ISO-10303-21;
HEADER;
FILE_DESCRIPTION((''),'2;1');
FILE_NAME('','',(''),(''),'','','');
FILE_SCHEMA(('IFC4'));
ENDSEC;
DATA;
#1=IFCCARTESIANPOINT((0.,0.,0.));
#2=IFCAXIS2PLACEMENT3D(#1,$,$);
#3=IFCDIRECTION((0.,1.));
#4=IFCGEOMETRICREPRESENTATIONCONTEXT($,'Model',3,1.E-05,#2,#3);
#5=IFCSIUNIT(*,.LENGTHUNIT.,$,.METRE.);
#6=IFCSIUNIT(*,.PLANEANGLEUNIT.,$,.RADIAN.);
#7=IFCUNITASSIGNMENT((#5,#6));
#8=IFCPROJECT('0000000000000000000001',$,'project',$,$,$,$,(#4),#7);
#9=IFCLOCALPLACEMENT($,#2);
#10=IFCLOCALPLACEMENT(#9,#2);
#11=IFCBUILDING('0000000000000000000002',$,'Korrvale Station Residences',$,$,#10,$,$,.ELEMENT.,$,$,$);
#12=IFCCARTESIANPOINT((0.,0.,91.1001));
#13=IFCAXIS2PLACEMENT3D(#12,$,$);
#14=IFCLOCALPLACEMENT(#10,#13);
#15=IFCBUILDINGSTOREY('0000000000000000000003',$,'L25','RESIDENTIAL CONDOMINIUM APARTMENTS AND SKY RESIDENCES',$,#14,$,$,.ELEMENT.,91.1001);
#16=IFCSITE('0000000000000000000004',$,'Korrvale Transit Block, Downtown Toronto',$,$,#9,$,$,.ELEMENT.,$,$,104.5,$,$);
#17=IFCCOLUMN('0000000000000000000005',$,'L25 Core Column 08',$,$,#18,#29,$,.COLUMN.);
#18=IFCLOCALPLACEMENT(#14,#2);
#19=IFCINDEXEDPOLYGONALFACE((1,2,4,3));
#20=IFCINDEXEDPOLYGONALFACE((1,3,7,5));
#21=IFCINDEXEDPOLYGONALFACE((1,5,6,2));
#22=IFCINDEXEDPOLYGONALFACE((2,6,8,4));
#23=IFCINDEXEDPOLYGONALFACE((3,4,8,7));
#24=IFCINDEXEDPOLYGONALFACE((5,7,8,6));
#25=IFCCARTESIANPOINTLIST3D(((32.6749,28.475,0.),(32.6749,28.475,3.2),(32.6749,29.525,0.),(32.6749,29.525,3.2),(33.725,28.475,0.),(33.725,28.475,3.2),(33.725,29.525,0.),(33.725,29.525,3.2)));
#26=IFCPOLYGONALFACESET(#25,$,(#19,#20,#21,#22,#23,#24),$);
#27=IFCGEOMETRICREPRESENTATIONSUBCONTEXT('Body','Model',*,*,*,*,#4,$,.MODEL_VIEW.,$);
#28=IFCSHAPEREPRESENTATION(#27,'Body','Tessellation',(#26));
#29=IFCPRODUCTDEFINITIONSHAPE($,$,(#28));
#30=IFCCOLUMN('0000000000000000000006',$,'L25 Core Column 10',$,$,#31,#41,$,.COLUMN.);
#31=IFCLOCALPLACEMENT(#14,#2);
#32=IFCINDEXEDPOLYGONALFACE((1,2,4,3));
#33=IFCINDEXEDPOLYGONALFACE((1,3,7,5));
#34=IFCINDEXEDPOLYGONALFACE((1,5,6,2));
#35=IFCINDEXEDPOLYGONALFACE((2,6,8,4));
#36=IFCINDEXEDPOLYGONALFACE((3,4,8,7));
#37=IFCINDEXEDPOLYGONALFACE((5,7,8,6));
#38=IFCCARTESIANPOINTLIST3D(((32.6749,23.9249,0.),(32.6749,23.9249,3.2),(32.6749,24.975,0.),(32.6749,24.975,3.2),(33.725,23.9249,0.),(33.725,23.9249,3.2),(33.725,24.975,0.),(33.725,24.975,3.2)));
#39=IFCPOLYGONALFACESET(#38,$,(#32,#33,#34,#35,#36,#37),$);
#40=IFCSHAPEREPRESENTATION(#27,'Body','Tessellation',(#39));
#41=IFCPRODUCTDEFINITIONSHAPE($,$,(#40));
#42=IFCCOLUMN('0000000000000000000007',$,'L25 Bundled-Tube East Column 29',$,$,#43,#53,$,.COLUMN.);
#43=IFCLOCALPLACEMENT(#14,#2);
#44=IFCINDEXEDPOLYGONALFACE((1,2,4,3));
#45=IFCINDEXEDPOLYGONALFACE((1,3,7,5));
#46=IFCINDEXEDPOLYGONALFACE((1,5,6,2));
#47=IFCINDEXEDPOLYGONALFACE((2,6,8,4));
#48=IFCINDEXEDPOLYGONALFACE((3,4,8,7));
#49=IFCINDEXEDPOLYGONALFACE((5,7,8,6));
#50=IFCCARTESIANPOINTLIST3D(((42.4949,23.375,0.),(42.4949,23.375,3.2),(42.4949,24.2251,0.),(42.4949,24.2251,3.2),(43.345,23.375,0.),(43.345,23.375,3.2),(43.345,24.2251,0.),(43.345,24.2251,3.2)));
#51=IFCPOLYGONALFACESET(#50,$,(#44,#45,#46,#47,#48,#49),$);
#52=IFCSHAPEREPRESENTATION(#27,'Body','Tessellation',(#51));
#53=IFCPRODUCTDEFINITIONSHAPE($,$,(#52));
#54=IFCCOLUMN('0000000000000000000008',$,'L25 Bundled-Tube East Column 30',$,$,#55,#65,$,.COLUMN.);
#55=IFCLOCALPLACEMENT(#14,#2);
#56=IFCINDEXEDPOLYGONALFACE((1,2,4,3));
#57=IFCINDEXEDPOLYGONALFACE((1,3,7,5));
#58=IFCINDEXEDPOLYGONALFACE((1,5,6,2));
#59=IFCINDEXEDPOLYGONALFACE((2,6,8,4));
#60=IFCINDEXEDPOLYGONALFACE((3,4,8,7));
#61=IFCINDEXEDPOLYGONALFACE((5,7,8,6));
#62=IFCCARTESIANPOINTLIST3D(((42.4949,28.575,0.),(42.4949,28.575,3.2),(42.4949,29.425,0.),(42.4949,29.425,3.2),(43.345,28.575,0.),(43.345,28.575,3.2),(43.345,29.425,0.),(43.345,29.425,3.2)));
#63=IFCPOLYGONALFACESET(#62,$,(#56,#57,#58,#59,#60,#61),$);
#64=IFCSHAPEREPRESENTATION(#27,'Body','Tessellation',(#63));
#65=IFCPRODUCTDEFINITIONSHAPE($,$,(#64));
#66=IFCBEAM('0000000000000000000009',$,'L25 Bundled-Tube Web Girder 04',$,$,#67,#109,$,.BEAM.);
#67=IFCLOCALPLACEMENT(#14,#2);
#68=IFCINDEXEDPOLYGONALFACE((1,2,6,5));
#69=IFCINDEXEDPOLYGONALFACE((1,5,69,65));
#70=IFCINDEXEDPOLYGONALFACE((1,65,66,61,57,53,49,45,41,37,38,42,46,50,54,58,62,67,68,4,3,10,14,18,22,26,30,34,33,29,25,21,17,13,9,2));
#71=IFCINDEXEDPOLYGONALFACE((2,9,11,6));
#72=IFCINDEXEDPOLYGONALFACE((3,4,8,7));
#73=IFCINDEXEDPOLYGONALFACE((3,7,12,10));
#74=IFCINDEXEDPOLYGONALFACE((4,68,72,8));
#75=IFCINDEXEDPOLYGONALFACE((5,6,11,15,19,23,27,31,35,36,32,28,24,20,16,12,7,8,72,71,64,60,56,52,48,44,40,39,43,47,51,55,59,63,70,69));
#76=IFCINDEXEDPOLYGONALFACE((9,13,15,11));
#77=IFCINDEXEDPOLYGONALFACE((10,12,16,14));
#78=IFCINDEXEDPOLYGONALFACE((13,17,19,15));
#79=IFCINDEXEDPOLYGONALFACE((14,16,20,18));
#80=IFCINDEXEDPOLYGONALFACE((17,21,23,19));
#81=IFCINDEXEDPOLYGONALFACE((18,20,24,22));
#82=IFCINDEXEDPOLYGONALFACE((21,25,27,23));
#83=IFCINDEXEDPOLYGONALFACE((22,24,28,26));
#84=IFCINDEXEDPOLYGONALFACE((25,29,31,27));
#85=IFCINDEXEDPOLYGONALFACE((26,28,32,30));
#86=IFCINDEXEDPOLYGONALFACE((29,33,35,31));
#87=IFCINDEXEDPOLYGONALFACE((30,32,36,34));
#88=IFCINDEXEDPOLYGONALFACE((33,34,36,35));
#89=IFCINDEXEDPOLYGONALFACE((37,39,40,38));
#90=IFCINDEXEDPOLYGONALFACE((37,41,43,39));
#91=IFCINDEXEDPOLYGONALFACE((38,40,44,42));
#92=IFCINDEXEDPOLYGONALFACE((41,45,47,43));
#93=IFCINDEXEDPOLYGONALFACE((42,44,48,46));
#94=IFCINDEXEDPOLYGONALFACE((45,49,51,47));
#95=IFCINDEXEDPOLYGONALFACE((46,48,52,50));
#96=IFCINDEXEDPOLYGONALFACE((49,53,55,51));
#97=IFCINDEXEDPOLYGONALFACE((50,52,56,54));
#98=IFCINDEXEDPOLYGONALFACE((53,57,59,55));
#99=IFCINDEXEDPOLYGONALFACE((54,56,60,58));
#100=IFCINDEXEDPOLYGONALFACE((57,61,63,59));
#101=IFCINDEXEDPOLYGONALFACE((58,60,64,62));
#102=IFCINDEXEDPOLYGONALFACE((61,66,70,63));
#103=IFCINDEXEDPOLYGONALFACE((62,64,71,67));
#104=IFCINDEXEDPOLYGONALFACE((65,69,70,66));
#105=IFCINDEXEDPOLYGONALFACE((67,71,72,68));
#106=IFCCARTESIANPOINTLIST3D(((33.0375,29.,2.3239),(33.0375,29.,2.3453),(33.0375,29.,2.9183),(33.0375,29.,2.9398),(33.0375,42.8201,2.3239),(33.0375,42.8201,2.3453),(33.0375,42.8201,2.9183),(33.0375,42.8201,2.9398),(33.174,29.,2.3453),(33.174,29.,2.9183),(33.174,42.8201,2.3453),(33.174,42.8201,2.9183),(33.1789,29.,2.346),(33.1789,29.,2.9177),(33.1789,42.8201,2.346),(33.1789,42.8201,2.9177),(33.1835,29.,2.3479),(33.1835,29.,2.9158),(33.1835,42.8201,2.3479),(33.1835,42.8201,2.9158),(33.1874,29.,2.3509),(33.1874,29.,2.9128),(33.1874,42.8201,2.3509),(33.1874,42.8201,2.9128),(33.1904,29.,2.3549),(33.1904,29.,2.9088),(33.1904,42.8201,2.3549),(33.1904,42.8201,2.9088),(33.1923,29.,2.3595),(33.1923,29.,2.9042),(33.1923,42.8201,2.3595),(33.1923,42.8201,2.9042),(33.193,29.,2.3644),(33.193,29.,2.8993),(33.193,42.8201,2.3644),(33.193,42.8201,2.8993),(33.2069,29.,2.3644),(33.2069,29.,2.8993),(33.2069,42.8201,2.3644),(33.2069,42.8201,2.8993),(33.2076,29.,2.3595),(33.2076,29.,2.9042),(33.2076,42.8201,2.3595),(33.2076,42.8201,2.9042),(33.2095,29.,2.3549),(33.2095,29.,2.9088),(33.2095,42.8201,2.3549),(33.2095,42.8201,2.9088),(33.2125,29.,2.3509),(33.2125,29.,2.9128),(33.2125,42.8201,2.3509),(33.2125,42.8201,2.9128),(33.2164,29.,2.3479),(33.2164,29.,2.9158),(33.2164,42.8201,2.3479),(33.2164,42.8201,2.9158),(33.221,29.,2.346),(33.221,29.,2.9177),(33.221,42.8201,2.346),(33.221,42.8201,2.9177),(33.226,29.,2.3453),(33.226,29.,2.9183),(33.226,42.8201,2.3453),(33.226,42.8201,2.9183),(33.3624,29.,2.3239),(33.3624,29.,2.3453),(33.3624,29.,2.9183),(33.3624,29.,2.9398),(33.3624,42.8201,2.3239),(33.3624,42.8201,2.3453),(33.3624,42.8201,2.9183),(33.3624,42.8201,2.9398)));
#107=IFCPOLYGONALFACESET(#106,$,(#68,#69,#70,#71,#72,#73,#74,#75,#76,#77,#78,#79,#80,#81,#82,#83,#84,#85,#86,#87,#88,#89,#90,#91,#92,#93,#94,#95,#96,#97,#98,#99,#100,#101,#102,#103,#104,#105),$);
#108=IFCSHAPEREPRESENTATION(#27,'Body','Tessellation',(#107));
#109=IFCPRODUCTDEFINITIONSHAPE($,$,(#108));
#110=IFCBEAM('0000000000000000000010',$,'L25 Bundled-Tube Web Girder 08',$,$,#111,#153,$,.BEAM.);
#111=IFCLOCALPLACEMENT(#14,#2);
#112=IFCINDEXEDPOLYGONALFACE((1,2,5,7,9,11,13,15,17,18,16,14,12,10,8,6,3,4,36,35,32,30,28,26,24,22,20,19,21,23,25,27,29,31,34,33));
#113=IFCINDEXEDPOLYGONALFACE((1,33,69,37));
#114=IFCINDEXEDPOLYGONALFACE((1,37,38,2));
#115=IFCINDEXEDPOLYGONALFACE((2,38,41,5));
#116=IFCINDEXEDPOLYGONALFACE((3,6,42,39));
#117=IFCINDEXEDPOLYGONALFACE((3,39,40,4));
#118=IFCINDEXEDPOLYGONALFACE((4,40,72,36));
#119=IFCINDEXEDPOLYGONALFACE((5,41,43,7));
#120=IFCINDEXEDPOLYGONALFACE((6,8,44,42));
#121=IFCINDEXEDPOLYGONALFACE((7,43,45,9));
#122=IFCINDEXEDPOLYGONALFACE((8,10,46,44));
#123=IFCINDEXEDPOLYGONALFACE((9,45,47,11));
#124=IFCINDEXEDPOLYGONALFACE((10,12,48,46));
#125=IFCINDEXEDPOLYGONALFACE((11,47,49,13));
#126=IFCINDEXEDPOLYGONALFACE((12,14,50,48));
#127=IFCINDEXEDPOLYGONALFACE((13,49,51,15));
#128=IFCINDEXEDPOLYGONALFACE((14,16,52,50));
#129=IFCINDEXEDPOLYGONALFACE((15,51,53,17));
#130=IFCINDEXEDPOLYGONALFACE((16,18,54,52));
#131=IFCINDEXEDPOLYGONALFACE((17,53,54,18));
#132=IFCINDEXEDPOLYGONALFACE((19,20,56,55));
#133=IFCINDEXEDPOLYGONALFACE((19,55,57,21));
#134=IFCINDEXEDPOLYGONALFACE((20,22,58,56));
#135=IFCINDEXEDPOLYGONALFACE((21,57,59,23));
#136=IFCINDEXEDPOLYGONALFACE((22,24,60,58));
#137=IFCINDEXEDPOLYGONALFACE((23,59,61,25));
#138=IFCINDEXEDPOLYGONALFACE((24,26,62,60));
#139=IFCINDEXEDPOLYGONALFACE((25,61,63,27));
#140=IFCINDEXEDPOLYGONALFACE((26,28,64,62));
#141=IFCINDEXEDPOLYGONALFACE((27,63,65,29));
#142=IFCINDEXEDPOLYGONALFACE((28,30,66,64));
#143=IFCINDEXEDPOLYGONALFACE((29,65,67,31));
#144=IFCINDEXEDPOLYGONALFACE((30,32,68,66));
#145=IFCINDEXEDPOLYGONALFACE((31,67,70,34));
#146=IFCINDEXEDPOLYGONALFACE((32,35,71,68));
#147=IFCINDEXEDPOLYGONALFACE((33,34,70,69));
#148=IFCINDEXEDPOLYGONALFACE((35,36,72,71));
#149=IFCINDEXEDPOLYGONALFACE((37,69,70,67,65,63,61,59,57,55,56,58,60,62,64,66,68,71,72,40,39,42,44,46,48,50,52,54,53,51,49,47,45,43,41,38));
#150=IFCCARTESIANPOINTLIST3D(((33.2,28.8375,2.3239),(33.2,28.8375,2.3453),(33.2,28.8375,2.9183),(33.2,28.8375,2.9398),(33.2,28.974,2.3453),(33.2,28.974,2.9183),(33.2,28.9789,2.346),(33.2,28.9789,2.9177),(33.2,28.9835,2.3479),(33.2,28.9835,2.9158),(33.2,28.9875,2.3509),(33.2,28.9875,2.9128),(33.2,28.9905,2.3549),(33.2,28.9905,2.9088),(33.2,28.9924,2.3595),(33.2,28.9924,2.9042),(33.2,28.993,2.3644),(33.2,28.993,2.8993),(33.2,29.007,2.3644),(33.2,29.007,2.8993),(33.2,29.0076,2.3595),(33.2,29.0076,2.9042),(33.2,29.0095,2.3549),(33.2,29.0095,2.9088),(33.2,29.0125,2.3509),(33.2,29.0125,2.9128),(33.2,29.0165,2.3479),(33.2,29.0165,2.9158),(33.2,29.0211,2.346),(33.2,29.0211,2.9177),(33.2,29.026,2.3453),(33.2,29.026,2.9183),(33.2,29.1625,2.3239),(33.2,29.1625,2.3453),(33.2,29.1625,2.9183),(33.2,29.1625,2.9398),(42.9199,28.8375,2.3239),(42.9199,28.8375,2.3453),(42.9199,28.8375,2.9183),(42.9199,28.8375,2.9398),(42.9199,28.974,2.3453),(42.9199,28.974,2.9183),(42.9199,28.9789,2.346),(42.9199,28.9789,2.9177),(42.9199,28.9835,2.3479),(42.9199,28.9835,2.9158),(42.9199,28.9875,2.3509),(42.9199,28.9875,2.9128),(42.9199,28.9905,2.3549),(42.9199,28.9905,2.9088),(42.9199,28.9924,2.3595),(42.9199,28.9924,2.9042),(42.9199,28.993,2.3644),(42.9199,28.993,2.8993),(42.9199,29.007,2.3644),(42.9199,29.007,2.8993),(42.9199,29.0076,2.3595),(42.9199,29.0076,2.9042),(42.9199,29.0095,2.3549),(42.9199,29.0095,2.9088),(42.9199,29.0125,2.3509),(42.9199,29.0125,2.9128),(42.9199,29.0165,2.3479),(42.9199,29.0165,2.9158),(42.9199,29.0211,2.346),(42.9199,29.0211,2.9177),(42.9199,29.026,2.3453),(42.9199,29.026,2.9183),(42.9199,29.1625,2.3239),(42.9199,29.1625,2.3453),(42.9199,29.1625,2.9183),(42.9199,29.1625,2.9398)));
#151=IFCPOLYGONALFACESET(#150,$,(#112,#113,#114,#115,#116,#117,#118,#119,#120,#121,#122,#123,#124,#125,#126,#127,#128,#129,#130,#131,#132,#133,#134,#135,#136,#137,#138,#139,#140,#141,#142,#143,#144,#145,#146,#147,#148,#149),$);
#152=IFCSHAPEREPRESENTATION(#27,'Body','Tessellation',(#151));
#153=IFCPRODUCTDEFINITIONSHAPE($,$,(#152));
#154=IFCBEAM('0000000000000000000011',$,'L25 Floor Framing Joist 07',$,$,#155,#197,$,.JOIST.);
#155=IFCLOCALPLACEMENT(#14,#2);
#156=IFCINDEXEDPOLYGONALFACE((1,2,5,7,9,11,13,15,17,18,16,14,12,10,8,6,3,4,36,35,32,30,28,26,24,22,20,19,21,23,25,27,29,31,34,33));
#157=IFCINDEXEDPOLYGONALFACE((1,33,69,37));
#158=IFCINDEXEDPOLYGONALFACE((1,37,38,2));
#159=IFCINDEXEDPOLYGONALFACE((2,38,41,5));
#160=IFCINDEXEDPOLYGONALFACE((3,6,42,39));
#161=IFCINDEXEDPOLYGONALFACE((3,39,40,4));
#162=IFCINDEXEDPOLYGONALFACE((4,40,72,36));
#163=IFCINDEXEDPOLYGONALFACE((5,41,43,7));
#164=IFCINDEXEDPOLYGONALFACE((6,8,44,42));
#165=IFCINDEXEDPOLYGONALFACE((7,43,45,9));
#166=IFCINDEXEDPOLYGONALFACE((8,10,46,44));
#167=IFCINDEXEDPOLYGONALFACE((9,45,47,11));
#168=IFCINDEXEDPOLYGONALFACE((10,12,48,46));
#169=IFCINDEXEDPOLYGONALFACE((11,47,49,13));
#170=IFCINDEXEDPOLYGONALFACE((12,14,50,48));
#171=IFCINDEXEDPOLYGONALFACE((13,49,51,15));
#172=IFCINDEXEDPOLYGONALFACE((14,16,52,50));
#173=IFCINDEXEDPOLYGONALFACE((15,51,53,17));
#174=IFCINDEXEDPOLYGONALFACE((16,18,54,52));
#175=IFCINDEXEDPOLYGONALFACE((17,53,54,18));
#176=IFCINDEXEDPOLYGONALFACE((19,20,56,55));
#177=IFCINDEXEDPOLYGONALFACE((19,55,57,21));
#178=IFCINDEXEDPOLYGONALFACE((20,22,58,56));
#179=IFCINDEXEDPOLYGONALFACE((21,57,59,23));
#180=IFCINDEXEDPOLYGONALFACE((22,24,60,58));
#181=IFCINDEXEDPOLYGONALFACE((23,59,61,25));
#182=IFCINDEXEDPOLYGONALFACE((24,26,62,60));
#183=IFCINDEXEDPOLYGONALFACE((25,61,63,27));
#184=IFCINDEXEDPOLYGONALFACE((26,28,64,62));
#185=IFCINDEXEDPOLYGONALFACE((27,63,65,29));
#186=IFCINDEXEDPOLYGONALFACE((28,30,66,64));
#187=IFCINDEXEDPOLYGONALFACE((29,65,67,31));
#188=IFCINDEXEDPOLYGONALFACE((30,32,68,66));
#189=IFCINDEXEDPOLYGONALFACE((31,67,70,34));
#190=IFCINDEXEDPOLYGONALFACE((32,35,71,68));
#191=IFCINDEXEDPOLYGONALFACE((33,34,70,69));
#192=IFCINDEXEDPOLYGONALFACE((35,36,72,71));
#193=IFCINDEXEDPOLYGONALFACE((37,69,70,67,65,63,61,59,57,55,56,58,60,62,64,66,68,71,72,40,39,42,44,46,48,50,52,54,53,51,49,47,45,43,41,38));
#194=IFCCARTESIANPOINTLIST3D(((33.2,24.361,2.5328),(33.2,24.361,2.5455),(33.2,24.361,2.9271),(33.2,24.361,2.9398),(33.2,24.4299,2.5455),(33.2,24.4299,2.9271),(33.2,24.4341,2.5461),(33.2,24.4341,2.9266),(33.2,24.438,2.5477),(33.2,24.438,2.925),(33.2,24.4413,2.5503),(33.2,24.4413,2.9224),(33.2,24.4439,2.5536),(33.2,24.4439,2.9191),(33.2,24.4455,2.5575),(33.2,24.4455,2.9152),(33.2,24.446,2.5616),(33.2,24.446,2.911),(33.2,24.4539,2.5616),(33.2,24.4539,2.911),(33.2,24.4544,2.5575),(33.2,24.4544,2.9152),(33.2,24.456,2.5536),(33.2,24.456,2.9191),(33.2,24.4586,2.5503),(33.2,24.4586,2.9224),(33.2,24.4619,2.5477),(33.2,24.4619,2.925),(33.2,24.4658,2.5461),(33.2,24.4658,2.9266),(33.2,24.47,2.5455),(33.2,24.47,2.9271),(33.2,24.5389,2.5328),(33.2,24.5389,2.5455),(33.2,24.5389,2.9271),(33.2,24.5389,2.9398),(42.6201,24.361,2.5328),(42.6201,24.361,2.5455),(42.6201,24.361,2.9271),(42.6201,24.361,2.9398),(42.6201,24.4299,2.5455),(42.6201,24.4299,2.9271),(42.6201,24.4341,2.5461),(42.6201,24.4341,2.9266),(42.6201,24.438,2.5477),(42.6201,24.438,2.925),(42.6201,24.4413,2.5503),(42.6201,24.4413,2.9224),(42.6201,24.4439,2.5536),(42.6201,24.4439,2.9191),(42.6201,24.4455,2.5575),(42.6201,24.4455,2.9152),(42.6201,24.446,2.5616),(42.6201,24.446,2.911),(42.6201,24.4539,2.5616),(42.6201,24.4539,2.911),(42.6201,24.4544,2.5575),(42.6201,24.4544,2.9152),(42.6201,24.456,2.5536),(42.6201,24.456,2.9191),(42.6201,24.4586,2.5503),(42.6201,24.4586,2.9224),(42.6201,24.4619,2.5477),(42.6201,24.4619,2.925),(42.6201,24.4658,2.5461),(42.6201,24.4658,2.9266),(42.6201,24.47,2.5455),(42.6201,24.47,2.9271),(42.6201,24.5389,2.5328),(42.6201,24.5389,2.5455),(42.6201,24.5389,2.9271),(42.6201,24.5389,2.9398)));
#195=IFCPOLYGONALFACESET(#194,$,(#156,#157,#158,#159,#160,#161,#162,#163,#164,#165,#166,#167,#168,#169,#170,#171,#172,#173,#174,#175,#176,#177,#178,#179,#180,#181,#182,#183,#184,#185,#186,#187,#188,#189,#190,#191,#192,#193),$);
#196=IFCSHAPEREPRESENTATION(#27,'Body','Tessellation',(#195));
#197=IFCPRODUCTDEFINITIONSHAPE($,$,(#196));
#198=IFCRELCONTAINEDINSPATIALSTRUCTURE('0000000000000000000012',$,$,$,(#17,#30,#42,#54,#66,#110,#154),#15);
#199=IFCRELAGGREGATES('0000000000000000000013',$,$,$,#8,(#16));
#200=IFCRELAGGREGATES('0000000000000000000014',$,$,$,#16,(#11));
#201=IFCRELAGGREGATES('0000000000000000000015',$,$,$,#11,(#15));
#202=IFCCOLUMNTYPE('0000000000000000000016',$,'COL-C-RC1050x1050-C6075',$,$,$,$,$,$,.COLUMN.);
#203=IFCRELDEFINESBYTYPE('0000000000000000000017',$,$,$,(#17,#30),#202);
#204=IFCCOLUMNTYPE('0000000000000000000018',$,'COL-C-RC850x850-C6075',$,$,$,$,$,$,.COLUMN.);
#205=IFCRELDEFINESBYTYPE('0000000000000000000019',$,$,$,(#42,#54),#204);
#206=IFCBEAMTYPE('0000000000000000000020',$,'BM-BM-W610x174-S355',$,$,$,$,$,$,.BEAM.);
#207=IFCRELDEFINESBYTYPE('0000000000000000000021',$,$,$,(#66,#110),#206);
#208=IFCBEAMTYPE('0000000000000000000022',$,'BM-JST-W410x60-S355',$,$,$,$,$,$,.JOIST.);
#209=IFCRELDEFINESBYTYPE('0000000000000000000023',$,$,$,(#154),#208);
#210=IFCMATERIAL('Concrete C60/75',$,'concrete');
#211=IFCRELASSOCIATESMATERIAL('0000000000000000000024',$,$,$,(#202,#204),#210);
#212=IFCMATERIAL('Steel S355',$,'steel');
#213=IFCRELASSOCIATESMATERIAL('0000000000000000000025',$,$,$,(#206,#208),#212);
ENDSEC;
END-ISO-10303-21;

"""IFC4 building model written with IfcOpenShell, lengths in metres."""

from ifc_helpers import new_model, si_unit, direction, frame, origin, origin_2d, place, context, subcontext, project, spatial, rectangle, i_section, extrude, material, material_profile, profile_set, type_object, element, save


model = new_model("IFC4")

# Units and contexts
model_context = context("Model", 3, precision=1e-05, world=origin(), true_north=direction((0.0, 1.0)))
body_context = subcontext(model_context, "Body", "Model", "MODEL_VIEW")
ifc_project = project(units=[si_unit("LENGTHUNIT", "METRE"), si_unit("PLANEANGLEUNIT", "RADIAN")], contexts=[model_context])

# Site, building, storey
site_placement = place(None, origin())
site = spatial("IfcSite", under=ifc_project, at=site_placement, Name="Korrvale Transit Block, Downtown Toronto", CompositionType="ELEMENT", RefElevation=104.5)
building_placement = place(site_placement, origin())
building = spatial("IfcBuilding", under=site, at=building_placement, Name="Korrvale Station Residences", CompositionType="ELEMENT")
storey_placement = place(building_placement, frame((0.0, 0.0, 91.1001)))
storey = spatial("IfcBuildingStorey", under=building, at=storey_placement, Name="L25", Description="RESIDENTIAL CONDOMINIUM APARTMENTS AND SKY RESIDENCES", CompositionType="ELEMENT", Elevation=91.1001)

# Columns
ifc_material_1 = material(Name="Concrete C60/75", Category="concrete")
ifc_material_profile_1 = material_profile(ifc_material_1, rectangle(XDim=1.05, YDim=1.05, at=origin_2d()), Name="RC1050x1050")
ifc_profile_set_1 = profile_set([ifc_material_profile_1], Name="Concrete C60/75")
column_type_1 = type_object("IfcColumnType", Name="COL-C-RC1050x1050-C6075", PredefinedType="COLUMN", material=ifc_profile_set_1)
for number, where, z_axis, x_axis, name in (
    (1, (33.2, 29.0, 0.0), (0.0, 0.0, 1.0), (1.0, 0.0, 0.0), "L25 Core Column 08"),
    (2, (33.2, 24.45, 0.0), (0.0, 0.0, 1.0), (1.0, 0.0, 0.0), "L25 Core Column 10"),
):
    element("IfcColumn", number, at=place(storey_placement, frame(where, z_axis=z_axis, x_axis=x_axis)), inside=storey, type_object=column_type_1, Name=name, PredefinedType="COLUMN", context=body_context, shape_type="SweptSolid", body=[
        extrude(rectangle(XDim=1.05, YDim=1.05, at=origin_2d()), origin(), (0.0, 0.0, 1.0), 3.2),
    ])
ifc_material_profile_2 = material_profile(ifc_material_1, rectangle(XDim=0.8501, YDim=0.8501, at=origin_2d()), Name="RC850x850")
ifc_profile_set_2 = profile_set([ifc_material_profile_2], Name="Concrete C60/75")
column_type_2 = type_object("IfcColumnType", Name="COL-C-RC850x850-C6075", PredefinedType="COLUMN", material=ifc_profile_set_2)
for number, where, z_axis, x_axis, name in (
    (3, (42.9199, 23.8, 0.0), (0.0, 0.0, 1.0), (1.0, 0.0, 0.0), "L25 Bundled-Tube East Column 29"),
    (4, (42.9199, 29.0, 0.0), (0.0, 0.0, 1.0), (1.0, 0.0, 0.0), "L25 Bundled-Tube East Column 30"),
):
    element("IfcColumn", number, at=place(storey_placement, frame(where, z_axis=z_axis, x_axis=x_axis)), inside=storey, type_object=column_type_2, Name=name, PredefinedType="COLUMN", context=body_context, shape_type="SweptSolid", body=[
        extrude(rectangle(XDim=0.8501, YDim=0.8501, at=origin_2d()), origin(), (0.0, 0.0, 1.0), 3.2),
    ])

# Beams
ifc_material_2 = material(Name="Steel S355", Category="steel")
ifc_material_profile_3 = material_profile(ifc_material_2, i_section(OverallWidth=0.325, OverallDepth=0.616, WebThickness=0.0139, FlangeThickness=0.0215, FilletRadius=0.019, at=origin_2d()), Name="W610x174")
ifc_profile_set_3 = profile_set([ifc_material_profile_3], Name="Steel S355")
beam_type_1 = type_object("IfcBeamType", Name="BM-BM-W610x174-S355", PredefinedType="BEAM", material=ifc_profile_set_3)
beam_1_placement = place(storey_placement, frame((33.2, 29.0, 2.6318), z_axis=(0.0, 1.0, 0.0), x_axis=(-1.0, 0.0, 0.0)))
element("IfcBeam", 5, at=beam_1_placement, inside=storey, type_object=beam_type_1, Name="L25 Bundled-Tube Web Girder 04", PredefinedType="BEAM", context=body_context, shape_type="SweptSolid", body=[
    extrude(i_section(OverallWidth=0.325, OverallDepth=0.616, WebThickness=0.0139, FlangeThickness=0.0215, FilletRadius=0.019, at=origin_2d()), origin(), (0.0, 0.0, 1.0), 13.8201),
])
beam_2_placement = place(storey_placement, frame((33.2, 29.0, 2.6318), z_axis=(1.0, 0.0, 0.0), x_axis=(0.0, 1.0, 0.0)))
element("IfcBeam", 6, at=beam_2_placement, inside=storey, type_object=beam_type_1, Name="L25 Bundled-Tube Web Girder 08", PredefinedType="BEAM", context=body_context, shape_type="SweptSolid", body=[
    extrude(i_section(OverallWidth=0.325, OverallDepth=0.616, WebThickness=0.0139, FlangeThickness=0.0215, FilletRadius=0.019, at=origin_2d()), origin(), (0.0, 0.0, 1.0), 9.72),
])
ifc_material_profile_4 = material_profile(ifc_material_2, i_section(OverallWidth=0.178, OverallDepth=0.407, WebThickness=0.0078, FlangeThickness=0.0127, FilletRadius=0.0161, at=origin_2d()), Name="W410x60")
ifc_profile_set_4 = profile_set([ifc_material_profile_4], Name="Steel S355")
beam_type_2 = type_object("IfcBeamType", Name="BM-JST-W410x60-S355", PredefinedType="JOIST", material=ifc_profile_set_4)
beam_3_placement = place(storey_placement, frame((33.2, 24.45, 2.7363), z_axis=(1.0, 0.0, 0.0), x_axis=(0.0, 1.0, 0.0)))
element("IfcBeam", 7, at=beam_3_placement, inside=storey, type_object=beam_type_2, Name="L25 Floor Framing Joist 07", PredefinedType="JOIST", context=body_context, shape_type="SweptSolid", body=[
    extrude(i_section(OverallWidth=0.178, OverallDepth=0.407, WebThickness=0.0078, FlangeThickness=0.0127, FilletRadius=0.0161, at=origin_2d()), origin(), (0.0, 0.0, 1.0), 9.4202),
])

save(model, "model.ifc")
